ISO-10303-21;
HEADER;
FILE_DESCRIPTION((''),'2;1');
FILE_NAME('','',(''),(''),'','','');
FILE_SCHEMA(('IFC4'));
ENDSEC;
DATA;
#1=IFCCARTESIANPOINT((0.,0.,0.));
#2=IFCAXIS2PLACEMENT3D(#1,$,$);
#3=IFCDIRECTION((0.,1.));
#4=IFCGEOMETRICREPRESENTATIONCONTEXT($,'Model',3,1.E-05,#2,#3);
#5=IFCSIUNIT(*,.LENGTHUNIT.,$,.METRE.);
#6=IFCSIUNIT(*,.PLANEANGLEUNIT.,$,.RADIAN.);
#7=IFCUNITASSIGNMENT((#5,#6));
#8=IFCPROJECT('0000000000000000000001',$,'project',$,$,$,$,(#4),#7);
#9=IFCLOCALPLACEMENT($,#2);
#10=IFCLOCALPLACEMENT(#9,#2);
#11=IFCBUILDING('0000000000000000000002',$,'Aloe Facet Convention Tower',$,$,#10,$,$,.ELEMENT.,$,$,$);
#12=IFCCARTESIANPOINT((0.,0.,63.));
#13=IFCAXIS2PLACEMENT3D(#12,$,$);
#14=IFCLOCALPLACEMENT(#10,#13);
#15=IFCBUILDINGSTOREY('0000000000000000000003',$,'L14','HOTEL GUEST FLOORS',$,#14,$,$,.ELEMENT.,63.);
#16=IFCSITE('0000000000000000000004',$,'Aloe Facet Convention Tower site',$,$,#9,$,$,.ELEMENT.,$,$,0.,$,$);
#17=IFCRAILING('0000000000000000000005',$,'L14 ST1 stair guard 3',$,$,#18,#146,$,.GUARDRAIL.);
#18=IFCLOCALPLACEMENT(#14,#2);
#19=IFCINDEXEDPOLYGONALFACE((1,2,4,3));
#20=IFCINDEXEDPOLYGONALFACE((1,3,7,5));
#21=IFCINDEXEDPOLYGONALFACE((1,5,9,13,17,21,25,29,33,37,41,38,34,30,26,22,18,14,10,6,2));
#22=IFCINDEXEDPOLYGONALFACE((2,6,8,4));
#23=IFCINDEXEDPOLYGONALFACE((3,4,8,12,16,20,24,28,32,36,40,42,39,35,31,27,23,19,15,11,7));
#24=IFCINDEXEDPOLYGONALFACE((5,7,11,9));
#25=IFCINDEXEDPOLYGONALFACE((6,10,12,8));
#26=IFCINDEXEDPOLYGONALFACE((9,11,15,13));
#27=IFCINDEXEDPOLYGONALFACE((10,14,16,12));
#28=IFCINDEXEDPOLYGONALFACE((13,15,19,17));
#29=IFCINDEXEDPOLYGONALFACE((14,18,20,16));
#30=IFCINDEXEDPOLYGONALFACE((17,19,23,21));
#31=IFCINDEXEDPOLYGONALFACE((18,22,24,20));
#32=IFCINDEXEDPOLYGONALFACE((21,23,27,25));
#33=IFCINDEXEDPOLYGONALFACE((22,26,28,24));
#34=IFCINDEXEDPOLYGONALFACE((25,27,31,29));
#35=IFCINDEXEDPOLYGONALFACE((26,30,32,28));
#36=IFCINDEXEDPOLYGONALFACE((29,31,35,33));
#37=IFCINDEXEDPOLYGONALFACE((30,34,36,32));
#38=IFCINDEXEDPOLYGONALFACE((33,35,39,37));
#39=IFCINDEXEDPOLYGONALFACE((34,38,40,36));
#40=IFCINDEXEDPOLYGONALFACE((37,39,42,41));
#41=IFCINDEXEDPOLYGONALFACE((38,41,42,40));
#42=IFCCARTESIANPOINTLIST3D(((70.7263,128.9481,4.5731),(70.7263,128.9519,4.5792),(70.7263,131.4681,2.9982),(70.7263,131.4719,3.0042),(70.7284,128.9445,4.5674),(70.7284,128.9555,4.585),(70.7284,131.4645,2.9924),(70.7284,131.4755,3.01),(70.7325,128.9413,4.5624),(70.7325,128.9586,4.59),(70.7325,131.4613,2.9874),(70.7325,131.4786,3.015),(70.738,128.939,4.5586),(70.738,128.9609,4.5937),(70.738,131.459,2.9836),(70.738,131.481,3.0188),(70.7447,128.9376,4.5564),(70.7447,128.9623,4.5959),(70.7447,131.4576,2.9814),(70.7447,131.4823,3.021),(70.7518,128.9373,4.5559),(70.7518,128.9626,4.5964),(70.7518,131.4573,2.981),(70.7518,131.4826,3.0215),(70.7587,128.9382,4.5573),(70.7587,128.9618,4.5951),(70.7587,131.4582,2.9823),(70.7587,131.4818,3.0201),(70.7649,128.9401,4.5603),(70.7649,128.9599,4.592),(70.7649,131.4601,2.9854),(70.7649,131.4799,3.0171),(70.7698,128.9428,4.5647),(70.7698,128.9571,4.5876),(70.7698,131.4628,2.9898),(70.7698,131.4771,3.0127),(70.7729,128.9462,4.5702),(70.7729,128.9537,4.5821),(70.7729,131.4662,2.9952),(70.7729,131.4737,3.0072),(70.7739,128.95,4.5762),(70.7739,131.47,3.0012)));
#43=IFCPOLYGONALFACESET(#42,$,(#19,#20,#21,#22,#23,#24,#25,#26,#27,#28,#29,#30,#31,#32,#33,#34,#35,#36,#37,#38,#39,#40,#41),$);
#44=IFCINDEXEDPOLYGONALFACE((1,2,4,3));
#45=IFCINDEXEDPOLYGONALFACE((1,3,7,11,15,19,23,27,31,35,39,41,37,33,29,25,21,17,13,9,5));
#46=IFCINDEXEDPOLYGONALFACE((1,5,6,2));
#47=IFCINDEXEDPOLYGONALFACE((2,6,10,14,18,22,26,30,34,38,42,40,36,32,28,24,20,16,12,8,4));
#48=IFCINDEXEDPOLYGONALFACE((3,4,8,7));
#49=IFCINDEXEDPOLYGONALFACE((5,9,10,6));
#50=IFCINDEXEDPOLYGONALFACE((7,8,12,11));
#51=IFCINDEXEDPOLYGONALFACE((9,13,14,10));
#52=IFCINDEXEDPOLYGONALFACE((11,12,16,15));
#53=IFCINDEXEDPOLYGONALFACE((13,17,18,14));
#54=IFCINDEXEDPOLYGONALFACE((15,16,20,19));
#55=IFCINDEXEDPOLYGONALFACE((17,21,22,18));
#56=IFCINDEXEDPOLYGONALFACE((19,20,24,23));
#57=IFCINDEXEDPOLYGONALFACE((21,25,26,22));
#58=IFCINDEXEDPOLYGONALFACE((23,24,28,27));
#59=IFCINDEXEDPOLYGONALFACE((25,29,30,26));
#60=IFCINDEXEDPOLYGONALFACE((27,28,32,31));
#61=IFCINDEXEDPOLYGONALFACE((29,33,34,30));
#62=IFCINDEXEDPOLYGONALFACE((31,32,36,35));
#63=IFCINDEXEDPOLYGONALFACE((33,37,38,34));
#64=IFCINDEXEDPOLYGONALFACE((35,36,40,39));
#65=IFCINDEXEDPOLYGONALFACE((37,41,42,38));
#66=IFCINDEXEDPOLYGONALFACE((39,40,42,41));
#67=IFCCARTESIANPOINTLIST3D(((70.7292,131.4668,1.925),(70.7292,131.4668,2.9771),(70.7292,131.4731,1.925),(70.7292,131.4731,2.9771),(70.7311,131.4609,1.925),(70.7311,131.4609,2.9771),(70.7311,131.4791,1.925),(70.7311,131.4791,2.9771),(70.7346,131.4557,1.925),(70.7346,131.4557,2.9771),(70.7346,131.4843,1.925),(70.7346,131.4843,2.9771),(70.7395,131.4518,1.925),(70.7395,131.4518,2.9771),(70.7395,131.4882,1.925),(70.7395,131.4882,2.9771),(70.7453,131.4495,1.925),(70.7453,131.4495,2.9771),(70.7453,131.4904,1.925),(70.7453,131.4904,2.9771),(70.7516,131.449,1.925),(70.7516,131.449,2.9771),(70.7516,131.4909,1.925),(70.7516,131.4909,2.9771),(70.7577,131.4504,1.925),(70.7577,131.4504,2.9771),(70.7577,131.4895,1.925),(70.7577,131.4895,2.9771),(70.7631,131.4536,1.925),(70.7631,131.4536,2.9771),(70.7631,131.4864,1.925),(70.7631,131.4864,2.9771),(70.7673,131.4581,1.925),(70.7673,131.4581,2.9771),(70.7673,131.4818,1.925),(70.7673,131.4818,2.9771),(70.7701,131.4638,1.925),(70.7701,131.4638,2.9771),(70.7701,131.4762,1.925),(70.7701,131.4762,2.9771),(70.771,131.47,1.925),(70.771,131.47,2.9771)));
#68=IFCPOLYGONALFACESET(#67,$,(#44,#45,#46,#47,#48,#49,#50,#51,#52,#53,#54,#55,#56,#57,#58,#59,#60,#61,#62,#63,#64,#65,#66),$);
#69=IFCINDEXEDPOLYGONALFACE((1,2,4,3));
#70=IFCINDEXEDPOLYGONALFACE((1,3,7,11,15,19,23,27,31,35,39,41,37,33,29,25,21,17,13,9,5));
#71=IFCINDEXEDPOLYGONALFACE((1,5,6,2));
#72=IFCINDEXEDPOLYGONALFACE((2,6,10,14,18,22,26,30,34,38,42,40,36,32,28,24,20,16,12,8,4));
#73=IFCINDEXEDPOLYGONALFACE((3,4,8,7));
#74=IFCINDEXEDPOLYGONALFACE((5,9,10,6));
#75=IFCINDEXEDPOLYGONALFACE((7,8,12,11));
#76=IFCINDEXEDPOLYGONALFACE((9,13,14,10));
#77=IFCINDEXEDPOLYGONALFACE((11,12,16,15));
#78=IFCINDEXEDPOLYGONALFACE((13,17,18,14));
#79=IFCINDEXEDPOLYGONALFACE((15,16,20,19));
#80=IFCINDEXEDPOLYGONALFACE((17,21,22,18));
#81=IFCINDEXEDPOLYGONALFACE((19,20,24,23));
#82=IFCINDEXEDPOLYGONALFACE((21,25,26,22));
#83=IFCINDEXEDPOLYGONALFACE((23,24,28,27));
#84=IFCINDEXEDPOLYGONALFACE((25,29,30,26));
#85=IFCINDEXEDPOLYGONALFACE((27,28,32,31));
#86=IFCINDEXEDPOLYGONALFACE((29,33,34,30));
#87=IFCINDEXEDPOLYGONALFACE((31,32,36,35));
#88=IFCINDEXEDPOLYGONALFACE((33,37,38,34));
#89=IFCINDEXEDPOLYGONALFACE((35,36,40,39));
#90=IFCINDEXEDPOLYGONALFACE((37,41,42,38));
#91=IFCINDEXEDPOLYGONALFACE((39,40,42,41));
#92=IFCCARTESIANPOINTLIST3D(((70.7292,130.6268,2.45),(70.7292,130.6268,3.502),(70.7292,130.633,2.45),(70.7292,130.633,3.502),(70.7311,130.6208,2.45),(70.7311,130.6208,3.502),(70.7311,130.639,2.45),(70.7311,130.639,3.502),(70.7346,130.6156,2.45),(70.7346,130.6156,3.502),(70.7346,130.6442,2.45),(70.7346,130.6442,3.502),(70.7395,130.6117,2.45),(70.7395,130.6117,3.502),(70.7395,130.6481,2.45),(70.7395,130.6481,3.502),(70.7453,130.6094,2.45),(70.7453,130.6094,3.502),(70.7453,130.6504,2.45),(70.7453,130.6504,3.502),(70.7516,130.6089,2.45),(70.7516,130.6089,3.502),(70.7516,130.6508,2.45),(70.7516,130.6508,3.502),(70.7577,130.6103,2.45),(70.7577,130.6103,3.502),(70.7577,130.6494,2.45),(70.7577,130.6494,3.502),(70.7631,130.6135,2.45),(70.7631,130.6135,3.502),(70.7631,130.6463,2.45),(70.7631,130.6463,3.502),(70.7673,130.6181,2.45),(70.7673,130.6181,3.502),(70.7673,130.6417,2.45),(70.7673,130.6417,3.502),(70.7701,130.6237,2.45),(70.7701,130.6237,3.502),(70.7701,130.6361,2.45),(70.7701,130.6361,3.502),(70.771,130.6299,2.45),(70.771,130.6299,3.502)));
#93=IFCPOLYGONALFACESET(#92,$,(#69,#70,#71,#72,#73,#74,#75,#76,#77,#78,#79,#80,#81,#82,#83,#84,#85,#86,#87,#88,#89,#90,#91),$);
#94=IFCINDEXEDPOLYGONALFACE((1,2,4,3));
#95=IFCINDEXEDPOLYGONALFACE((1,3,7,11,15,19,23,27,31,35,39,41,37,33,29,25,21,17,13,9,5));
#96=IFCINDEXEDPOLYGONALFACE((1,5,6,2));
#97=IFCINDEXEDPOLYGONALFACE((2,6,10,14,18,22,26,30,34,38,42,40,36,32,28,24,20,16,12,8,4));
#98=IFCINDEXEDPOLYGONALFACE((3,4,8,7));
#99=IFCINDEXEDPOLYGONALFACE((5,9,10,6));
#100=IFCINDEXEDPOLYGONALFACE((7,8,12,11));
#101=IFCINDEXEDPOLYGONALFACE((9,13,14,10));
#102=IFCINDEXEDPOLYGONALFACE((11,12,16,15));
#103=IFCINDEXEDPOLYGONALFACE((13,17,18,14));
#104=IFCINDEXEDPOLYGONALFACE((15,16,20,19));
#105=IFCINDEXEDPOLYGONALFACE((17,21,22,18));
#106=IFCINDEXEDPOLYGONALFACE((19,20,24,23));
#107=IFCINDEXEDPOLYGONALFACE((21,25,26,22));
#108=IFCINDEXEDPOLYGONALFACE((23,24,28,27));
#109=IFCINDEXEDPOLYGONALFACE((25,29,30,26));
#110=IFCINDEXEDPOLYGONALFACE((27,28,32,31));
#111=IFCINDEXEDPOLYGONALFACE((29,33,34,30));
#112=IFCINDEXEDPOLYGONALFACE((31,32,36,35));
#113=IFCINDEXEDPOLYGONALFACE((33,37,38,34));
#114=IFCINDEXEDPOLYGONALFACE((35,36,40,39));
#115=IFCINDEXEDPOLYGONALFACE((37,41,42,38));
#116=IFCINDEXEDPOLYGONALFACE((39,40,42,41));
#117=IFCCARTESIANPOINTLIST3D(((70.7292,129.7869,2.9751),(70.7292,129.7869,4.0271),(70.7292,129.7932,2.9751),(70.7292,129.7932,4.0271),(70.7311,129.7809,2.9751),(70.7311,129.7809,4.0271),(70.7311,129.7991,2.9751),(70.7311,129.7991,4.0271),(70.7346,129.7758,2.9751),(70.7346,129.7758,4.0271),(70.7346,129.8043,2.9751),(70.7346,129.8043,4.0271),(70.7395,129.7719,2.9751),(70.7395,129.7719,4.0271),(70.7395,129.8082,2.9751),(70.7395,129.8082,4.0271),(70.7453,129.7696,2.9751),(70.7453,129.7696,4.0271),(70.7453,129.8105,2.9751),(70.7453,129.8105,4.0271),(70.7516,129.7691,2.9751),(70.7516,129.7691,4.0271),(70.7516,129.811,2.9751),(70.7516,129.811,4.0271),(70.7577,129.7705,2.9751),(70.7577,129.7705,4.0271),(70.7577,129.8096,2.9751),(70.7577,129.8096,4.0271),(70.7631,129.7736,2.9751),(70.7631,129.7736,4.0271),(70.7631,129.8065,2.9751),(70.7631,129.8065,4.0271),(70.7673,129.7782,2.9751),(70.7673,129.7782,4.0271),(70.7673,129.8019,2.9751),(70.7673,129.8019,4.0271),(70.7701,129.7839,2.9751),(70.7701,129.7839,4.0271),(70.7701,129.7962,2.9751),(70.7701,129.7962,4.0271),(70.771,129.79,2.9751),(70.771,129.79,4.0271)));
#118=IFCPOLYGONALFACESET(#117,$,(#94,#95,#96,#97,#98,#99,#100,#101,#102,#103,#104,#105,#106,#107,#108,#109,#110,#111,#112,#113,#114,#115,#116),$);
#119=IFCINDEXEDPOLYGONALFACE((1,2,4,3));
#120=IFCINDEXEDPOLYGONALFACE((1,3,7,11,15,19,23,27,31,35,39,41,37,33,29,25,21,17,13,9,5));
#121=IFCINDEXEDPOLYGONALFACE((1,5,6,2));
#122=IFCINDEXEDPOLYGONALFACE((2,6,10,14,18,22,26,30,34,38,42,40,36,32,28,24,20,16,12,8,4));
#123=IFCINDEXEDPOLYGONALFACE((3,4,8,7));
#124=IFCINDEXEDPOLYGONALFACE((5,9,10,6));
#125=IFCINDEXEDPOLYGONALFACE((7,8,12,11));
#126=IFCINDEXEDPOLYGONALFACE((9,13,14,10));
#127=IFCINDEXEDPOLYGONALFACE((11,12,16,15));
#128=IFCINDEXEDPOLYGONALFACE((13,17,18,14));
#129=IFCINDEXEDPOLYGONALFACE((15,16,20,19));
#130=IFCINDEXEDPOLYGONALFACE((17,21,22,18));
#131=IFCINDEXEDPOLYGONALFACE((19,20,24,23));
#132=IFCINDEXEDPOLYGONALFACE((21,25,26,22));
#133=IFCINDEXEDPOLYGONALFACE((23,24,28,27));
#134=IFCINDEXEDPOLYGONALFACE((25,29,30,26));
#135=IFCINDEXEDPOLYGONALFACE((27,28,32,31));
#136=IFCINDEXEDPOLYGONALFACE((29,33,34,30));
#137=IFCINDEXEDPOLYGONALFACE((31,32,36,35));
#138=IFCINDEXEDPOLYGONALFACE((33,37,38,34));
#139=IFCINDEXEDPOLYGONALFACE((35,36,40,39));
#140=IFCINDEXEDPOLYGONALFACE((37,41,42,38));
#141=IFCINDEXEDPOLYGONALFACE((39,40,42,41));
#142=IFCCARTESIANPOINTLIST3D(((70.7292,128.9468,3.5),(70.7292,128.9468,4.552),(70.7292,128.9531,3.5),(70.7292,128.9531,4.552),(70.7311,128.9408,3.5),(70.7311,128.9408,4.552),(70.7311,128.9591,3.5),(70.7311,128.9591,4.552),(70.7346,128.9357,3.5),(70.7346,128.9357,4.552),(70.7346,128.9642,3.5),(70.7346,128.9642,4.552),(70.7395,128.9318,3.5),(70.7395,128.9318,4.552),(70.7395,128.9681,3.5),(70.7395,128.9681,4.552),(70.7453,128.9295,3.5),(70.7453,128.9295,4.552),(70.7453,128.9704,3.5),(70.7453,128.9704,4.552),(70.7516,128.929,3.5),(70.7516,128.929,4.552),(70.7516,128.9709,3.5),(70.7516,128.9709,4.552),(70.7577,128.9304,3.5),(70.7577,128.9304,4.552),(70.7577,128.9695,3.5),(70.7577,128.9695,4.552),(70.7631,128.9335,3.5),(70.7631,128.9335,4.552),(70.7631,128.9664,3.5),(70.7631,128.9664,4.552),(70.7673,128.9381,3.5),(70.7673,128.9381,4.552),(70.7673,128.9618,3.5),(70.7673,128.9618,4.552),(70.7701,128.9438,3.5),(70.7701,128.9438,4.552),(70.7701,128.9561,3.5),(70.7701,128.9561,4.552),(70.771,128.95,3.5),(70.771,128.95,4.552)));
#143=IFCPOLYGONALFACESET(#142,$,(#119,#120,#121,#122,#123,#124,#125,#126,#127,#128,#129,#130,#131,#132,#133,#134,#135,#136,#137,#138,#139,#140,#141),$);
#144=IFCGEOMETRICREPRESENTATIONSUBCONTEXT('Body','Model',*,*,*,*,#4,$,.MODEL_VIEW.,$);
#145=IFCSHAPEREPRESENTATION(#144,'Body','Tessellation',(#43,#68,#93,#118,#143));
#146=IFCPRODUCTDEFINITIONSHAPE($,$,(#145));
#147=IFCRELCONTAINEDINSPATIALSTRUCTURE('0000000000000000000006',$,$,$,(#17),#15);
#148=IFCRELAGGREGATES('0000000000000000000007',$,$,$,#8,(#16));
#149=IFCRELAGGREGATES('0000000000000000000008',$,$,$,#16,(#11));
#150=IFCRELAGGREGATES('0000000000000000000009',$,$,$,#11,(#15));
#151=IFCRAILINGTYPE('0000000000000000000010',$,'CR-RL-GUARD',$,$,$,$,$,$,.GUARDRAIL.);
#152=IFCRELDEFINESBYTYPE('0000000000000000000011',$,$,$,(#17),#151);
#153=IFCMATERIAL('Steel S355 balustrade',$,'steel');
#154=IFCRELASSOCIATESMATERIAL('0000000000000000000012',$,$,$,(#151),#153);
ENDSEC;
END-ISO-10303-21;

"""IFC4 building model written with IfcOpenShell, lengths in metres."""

from ifc_helpers import new_model, si_unit, direction, frame, origin, origin_2d, place, context, subcontext, project, spatial, circle, extrude, material, type_object, element, save


model = new_model("IFC4")

# Units and contexts
model_context = context("Model", 3, precision=1e-05, world=origin(), true_north=direction((0.0, 1.0)))
body_context = subcontext(model_context, "Body", "Model", "MODEL_VIEW")
ifc_project = project(units=[si_unit("LENGTHUNIT", "METRE"), si_unit("PLANEANGLEUNIT", "RADIAN")], contexts=[model_context])

# Site, building, storey
site_placement = place(None, origin())
site = spatial("IfcSite", under=ifc_project, at=site_placement, Name="Aloe Facet Convention Tower site", CompositionType="ELEMENT", RefElevation=0.0)
building_placement = place(site_placement, origin())
building = spatial("IfcBuilding", under=site, at=building_placement, Name="Aloe Facet Convention Tower", CompositionType="ELEMENT")
storey_placement = place(building_placement, frame((0.0, 0.0, 63.0)))
storey = spatial("IfcBuildingStorey", under=building, at=storey_placement, Name="L14", Description="HOTEL GUEST FLOORS", CompositionType="ELEMENT", Elevation=63.0)

# Railing
ifc_material_1 = material(Name="Steel S355 balustrade", Category="steel")
railing_type_1 = type_object("IfcRailingType", Name="CR-RL-GUARD", PredefinedType="GUARDRAIL", material=ifc_material_1)
railing_1_placement = place(storey_placement, frame((70.75, 131.47, 1.925)))
element("IfcRailing", 1, at=railing_1_placement, inside=storey, type_object=railing_type_1, Name="L14 ST1 stair guard 3", PredefinedType="GUARDRAIL", context=body_context, shape_type="SweptSolid", body=[
    extrude(circle(Radius=0.0239, at=origin_2d()), frame((0.0, 0.0, 1.0762), z_axis=(0.0, -0.848008, 0.529984), x_axis=(1.0, 0.0, 0.0)), (0.0, 0.0, 1.0), 2.9717),
    extrude(circle(Radius=0.021, at=origin_2d()), origin(), (0.0, 0.0, 1.0), 1.052),
    extrude(circle(Radius=0.021, at=origin_2d()), frame((0.0, -0.8401, 0.5249)), (0.0, 0.0, 1.0), 1.052),
    extrude(circle(Radius=0.021, at=origin_2d()), frame((0.0, -1.6799, 1.05)), (0.0, 0.0, 1.0), 1.052),
    extrude(circle(Radius=0.021, at=origin_2d()), frame((0.0, -2.52, 1.575)), (0.0, 0.0, 1.0), 1.052),
])

save(model, "model.ifc")
